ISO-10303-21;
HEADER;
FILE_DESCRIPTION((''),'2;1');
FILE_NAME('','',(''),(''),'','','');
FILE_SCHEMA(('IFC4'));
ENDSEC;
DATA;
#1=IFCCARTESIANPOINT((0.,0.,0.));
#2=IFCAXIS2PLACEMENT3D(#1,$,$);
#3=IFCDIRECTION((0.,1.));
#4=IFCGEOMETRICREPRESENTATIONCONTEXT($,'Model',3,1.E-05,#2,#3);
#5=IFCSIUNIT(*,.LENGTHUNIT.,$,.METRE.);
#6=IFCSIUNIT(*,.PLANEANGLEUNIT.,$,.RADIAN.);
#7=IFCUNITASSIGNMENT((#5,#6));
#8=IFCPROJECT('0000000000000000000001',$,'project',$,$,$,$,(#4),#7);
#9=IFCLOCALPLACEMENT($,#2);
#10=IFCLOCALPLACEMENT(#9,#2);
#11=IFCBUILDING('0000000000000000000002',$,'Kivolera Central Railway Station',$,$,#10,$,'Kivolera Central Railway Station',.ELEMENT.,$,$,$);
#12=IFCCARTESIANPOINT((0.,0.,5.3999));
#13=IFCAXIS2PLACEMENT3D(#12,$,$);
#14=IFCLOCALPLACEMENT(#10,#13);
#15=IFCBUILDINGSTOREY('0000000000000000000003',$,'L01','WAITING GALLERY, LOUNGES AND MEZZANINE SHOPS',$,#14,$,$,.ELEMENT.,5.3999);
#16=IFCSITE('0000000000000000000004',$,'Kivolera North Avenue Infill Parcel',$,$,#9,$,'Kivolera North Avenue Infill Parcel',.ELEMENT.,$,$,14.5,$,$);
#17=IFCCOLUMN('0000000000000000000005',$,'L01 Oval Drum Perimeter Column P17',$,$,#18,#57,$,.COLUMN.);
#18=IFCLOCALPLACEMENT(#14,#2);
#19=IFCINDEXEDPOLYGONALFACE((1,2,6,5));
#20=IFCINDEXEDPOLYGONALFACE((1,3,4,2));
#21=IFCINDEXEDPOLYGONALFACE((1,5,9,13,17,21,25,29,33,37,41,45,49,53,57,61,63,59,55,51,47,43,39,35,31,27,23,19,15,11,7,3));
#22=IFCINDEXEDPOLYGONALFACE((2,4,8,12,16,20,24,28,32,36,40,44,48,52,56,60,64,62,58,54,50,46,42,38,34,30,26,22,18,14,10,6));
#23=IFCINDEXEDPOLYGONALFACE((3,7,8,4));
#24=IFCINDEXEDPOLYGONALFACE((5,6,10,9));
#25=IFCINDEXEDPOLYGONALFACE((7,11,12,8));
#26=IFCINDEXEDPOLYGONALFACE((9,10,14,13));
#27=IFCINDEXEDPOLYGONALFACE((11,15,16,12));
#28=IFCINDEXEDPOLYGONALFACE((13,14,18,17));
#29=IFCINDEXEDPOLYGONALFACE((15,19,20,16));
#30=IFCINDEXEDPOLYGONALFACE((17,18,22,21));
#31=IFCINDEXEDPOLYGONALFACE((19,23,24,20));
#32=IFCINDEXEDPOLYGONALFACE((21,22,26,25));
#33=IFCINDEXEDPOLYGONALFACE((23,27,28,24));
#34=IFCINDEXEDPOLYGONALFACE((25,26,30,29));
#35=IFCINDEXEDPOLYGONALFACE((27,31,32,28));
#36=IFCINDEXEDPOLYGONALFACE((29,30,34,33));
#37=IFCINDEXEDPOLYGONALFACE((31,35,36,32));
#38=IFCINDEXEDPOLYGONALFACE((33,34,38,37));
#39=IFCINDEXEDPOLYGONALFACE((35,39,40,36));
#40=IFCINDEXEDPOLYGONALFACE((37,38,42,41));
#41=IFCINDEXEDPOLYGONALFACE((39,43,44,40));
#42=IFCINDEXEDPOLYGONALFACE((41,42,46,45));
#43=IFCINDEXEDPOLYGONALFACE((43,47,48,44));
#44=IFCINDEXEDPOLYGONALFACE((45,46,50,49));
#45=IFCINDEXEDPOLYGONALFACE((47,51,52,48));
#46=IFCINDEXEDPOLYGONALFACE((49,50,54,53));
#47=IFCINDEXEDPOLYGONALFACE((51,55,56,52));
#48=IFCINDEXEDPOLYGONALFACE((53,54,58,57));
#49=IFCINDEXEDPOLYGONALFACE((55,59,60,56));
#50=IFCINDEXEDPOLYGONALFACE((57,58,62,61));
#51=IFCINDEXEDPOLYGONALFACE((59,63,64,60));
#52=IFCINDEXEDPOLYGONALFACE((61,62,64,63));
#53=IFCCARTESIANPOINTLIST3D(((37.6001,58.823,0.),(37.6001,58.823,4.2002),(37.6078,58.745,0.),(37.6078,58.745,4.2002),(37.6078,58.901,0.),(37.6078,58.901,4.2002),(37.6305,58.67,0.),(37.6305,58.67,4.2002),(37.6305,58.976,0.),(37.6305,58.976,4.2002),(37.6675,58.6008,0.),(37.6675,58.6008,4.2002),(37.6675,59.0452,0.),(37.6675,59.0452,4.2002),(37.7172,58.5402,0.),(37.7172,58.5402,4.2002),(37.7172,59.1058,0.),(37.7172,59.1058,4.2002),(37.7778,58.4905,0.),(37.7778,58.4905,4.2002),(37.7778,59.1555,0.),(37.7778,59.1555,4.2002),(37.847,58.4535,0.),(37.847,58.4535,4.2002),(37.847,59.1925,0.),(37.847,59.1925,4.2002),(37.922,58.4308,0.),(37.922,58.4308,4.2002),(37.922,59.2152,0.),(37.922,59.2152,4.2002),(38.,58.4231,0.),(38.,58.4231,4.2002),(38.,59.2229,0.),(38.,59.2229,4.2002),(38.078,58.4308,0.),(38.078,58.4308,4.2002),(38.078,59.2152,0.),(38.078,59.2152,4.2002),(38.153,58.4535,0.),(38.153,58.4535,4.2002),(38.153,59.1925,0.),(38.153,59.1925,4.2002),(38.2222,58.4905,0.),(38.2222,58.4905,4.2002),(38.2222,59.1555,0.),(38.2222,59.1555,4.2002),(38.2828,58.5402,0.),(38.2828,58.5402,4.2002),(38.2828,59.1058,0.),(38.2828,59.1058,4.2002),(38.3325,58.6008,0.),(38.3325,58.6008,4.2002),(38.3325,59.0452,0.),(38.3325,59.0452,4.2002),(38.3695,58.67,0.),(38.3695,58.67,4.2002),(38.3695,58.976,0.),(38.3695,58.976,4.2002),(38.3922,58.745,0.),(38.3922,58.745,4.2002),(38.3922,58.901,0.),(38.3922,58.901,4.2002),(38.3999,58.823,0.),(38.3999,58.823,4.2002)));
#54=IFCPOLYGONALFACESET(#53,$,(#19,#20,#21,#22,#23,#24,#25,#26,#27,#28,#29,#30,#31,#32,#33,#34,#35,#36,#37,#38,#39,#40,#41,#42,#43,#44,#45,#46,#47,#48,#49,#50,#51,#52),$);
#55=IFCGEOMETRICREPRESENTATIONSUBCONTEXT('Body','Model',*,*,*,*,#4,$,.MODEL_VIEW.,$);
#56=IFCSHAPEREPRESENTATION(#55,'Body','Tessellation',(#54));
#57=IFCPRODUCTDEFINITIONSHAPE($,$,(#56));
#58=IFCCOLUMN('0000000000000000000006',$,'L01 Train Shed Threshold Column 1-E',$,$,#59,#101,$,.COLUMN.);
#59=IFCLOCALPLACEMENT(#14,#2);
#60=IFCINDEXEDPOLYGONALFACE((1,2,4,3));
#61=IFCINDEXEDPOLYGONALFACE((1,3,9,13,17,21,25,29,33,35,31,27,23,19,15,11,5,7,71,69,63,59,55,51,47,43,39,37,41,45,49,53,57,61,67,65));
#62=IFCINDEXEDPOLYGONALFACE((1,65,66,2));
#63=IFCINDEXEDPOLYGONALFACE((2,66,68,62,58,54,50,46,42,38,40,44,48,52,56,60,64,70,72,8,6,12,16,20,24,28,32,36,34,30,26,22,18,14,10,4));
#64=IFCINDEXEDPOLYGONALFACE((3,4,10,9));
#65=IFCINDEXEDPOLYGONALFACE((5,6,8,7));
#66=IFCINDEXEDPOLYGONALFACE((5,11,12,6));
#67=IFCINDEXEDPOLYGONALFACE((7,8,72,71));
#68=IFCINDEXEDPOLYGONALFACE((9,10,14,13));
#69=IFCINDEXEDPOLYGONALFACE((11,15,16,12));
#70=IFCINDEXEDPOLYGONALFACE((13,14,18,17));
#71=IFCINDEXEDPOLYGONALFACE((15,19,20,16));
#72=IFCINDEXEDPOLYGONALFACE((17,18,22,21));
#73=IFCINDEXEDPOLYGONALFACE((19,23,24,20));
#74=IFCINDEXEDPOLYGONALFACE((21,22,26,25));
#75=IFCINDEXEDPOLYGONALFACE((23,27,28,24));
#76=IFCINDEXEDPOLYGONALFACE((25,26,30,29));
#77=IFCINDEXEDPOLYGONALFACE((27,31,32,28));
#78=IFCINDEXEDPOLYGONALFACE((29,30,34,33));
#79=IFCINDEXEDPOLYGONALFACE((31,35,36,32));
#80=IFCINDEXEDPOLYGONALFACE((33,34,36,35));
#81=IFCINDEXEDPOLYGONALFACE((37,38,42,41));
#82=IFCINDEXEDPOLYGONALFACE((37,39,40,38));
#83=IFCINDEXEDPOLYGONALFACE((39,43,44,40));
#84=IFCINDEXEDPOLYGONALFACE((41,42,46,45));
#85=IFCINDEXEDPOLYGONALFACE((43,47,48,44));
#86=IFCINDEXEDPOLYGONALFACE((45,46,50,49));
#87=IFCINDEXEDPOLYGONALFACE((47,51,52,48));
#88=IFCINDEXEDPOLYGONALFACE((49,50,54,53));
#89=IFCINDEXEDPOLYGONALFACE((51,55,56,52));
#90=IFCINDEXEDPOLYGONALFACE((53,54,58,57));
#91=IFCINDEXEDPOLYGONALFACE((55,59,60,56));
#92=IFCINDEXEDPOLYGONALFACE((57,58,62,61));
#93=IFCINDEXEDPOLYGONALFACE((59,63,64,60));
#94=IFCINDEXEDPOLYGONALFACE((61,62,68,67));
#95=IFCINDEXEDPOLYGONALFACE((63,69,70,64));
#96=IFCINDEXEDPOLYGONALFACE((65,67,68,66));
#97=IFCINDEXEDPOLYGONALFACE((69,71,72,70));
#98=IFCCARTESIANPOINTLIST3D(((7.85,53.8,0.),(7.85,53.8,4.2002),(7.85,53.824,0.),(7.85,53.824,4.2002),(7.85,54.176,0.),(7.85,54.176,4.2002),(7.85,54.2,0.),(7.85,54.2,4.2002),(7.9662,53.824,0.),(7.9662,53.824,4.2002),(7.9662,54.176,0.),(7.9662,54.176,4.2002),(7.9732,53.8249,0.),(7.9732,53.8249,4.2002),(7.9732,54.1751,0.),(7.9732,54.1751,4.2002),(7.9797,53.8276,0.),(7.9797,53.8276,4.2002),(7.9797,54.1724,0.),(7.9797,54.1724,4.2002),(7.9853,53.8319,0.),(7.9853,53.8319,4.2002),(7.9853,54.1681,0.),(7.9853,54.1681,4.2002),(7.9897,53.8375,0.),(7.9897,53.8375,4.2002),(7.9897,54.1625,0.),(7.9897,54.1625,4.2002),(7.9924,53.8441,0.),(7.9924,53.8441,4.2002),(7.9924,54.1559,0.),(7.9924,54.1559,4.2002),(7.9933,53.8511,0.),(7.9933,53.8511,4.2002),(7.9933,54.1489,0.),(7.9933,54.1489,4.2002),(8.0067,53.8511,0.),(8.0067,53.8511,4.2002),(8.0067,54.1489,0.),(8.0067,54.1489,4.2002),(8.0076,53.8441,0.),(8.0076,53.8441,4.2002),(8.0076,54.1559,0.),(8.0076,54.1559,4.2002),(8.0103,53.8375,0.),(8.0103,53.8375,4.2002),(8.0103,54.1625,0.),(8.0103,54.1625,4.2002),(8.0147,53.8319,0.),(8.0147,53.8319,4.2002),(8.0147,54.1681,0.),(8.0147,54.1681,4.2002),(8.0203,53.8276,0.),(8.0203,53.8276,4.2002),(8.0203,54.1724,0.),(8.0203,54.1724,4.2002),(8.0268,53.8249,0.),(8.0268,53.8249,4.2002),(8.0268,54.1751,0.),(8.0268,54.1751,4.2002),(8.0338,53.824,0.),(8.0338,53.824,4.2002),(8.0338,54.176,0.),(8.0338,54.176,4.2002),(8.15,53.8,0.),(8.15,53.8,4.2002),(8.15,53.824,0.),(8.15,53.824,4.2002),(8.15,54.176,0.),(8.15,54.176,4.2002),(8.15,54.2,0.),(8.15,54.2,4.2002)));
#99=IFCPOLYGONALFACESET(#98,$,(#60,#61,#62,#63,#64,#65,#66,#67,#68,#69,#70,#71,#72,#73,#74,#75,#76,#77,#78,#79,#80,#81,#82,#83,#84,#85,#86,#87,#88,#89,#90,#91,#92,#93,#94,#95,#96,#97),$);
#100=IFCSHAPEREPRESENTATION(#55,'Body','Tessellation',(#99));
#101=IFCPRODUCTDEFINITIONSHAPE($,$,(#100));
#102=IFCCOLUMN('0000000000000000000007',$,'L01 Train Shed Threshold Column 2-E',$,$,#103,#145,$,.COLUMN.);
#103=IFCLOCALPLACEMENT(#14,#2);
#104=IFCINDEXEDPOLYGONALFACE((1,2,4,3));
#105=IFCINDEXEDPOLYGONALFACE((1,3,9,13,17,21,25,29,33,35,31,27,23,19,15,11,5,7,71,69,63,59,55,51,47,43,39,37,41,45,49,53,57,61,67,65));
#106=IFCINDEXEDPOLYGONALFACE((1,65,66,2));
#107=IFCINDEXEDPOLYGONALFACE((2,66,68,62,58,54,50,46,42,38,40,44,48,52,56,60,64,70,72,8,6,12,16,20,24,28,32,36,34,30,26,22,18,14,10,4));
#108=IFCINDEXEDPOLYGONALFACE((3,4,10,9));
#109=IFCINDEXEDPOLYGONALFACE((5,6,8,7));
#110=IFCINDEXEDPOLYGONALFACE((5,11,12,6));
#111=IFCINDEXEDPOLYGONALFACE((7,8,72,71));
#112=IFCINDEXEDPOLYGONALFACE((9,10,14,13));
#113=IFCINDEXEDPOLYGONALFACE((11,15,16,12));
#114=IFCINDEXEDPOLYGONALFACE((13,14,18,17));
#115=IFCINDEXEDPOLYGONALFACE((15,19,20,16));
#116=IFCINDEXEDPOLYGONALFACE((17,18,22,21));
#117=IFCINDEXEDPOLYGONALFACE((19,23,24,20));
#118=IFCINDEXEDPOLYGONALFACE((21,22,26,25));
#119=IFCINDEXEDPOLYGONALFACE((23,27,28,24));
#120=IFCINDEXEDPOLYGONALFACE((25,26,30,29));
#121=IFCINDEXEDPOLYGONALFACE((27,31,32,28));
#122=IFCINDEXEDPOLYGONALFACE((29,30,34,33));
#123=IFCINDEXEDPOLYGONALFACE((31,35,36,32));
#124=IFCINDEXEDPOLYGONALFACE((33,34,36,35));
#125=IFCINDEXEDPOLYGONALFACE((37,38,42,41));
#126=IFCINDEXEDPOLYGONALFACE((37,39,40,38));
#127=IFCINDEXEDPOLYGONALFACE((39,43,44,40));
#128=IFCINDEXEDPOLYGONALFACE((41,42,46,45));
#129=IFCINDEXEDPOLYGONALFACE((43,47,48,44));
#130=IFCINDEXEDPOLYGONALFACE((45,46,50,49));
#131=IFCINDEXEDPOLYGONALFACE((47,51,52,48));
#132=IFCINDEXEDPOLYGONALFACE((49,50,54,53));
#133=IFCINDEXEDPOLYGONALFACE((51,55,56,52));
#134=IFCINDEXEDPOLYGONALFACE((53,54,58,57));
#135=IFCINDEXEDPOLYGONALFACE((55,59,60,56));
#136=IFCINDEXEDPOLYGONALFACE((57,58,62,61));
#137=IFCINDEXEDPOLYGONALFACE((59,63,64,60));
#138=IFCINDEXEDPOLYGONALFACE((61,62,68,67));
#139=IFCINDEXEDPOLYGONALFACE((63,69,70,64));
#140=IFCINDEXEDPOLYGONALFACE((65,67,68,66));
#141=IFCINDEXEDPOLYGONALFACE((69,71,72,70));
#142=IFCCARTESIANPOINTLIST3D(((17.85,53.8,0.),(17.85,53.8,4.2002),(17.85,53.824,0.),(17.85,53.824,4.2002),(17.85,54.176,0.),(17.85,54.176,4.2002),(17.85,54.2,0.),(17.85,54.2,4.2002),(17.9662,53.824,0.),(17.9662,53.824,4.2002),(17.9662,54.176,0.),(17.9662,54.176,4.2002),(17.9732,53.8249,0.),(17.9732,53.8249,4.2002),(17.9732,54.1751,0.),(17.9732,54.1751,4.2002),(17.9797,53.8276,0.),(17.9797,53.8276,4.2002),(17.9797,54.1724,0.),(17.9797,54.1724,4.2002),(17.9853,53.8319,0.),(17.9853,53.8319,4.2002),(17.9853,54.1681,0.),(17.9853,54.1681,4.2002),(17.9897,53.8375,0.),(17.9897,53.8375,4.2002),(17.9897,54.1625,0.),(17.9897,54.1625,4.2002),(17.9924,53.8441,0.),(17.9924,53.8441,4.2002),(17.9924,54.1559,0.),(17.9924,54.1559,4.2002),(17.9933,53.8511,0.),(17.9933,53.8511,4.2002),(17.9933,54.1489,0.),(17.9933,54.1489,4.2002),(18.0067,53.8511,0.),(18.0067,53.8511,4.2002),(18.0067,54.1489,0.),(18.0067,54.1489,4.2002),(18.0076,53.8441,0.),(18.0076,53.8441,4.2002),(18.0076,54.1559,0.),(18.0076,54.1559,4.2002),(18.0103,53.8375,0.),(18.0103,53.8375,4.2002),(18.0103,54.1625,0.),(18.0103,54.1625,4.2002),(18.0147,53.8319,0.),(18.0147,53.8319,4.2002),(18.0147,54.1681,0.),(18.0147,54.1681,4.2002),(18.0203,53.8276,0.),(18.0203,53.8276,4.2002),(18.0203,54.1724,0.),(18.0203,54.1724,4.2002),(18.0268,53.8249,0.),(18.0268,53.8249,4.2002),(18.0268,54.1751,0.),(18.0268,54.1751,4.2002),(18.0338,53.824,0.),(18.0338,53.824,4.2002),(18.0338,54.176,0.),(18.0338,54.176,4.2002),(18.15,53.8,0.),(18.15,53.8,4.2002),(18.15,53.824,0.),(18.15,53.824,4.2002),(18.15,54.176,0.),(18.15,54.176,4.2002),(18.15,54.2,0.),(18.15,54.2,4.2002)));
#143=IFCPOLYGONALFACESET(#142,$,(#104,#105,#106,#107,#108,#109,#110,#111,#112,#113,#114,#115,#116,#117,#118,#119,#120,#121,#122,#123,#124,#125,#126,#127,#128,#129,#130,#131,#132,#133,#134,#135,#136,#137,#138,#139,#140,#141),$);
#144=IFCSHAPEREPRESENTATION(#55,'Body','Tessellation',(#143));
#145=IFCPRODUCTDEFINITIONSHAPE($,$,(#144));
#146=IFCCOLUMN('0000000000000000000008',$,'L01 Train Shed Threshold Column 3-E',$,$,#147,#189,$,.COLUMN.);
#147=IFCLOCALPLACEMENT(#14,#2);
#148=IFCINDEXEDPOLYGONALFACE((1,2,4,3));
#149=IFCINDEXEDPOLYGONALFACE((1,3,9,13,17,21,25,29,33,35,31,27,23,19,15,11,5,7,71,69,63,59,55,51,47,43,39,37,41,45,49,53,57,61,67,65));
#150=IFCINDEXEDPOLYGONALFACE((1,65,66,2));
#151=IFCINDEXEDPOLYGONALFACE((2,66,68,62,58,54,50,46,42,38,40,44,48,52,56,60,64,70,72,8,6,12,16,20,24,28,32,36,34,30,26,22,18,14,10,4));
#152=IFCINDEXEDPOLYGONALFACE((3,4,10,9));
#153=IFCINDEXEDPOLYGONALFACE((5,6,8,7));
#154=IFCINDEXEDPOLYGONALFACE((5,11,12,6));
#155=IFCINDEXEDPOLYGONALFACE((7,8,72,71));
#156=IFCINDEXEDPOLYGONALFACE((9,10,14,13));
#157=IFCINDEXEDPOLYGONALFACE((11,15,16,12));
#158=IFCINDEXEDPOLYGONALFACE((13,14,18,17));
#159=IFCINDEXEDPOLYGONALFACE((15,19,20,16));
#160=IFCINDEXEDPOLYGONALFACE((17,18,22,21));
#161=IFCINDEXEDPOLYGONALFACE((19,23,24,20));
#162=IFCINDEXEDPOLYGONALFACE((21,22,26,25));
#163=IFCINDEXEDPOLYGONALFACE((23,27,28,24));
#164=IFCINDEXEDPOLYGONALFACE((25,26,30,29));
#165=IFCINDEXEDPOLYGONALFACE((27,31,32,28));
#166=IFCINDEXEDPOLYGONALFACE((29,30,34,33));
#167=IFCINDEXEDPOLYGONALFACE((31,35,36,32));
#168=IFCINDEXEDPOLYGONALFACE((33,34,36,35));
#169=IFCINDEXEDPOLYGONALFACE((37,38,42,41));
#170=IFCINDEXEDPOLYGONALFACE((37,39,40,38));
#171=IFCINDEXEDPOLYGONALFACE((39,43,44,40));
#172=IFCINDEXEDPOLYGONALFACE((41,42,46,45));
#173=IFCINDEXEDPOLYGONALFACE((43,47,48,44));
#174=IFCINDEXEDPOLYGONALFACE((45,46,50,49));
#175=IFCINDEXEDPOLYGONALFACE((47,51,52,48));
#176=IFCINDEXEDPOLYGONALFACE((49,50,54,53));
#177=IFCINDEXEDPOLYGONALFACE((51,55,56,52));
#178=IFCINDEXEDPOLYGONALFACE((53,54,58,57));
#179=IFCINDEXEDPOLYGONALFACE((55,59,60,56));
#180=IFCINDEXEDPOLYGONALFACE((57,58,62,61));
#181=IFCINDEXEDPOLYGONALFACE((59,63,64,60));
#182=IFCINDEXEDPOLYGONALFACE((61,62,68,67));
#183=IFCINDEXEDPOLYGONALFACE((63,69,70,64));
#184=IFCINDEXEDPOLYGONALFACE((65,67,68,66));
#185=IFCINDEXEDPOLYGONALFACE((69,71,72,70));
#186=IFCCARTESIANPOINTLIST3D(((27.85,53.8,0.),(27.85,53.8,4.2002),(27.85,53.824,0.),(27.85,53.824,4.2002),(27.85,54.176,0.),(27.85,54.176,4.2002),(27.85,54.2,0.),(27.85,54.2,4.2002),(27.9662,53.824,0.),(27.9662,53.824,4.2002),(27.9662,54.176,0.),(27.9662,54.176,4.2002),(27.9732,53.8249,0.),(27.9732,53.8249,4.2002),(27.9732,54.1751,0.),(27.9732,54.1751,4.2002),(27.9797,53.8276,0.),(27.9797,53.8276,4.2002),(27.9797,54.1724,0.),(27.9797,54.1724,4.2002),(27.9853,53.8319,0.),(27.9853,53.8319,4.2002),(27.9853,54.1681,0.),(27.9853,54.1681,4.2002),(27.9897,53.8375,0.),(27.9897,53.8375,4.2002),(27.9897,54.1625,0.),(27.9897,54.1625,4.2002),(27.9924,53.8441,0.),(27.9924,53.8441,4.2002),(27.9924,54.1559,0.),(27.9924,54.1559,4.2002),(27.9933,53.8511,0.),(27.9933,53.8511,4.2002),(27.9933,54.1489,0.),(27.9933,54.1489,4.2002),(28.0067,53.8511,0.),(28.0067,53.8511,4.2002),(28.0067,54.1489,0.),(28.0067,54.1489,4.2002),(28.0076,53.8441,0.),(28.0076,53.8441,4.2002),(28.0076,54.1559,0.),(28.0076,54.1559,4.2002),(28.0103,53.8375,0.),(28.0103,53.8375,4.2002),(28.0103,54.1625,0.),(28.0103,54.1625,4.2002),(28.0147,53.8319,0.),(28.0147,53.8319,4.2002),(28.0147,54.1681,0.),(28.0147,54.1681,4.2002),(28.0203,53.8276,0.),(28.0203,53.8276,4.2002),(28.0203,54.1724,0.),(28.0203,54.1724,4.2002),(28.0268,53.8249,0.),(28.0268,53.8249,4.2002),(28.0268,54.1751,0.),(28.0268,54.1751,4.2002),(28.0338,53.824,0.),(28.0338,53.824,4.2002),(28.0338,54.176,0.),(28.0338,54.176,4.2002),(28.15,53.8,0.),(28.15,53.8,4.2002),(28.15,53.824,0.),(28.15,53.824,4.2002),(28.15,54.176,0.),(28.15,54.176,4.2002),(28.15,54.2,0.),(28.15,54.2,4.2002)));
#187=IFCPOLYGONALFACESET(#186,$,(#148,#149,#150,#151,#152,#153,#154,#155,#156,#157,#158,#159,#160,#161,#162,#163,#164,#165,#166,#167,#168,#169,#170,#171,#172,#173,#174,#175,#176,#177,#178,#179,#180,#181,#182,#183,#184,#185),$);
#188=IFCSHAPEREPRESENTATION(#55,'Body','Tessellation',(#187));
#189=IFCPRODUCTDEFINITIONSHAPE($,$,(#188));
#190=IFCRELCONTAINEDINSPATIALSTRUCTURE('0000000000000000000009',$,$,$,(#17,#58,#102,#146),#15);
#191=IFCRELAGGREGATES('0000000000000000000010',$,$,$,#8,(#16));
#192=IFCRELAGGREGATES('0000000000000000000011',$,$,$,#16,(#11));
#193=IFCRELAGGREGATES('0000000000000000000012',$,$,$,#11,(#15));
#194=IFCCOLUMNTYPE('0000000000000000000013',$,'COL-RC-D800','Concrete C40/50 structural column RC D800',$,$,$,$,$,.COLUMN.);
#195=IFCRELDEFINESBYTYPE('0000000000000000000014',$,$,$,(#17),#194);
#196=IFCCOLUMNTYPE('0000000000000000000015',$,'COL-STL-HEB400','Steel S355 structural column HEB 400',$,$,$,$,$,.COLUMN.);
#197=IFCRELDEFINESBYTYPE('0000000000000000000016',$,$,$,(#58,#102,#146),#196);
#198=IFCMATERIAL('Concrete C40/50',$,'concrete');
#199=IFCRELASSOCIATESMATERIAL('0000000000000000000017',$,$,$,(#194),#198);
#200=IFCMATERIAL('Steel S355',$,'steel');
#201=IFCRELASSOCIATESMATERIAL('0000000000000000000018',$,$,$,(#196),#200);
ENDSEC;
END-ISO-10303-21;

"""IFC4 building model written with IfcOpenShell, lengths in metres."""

from ifc_helpers import new_model, si_unit, direction, frame, origin, origin_2d, place, context, subcontext, project, spatial, circle, i_section, extrude, material, material_profile, profile_set, type_object, element, save


model = new_model("IFC4")

# Units and contexts
model_context = context("Model", 3, precision=1e-05, world=origin(), true_north=direction((0.0, 1.0)))
body_context = subcontext(model_context, "Body", "Model", "MODEL_VIEW")
ifc_project = project(units=[si_unit("LENGTHUNIT", "METRE"), si_unit("PLANEANGLEUNIT", "RADIAN")], contexts=[model_context])

# Site, building, storey
site_placement = place(None, origin())
site = spatial("IfcSite", under=ifc_project, at=site_placement, Name="Kivolera North Avenue Infill Parcel", LongName="Kivolera North Avenue Infill Parcel", CompositionType="ELEMENT", RefElevation=14.5)
building_placement = place(site_placement, origin())
building = spatial("IfcBuilding", under=site, at=building_placement, Name="Kivolera Central Railway Station", LongName="Kivolera Central Railway Station", CompositionType="ELEMENT")
storey_placement = place(building_placement, frame((0.0, 0.0, 5.3999)))
storey = spatial("IfcBuildingStorey", under=building, at=storey_placement, Name="L01", Description="WAITING GALLERY, LOUNGES AND MEZZANINE SHOPS", CompositionType="ELEMENT", Elevation=5.3999)

# Columns
ifc_material_1 = material(Name="Concrete C40/50", Category="concrete")
ifc_material_profile_1 = material_profile(ifc_material_1, circle(Radius=0.3999, at=origin_2d()), Name="RC D800")
ifc_profile_set_1 = profile_set([ifc_material_profile_1], Name="Concrete C40/50")
column_type_1 = type_object("IfcColumnType", Name="COL-RC-D800", Description="Concrete C40/50 structural column RC D800", PredefinedType="COLUMN", material=ifc_profile_set_1)
column_placement = place(storey_placement, frame((38.0, 58.823, 0.0), z_axis=(0.0, 0.0, 1.0), x_axis=(1.0, 0.0, 0.0)))
element("IfcColumn", 1, at=column_placement, inside=storey, type_object=column_type_1, Name="L01 Oval Drum Perimeter Column P17", PredefinedType="COLUMN", context=body_context, shape_type="SweptSolid", body=[
    extrude(circle(Radius=0.3999, at=origin_2d()), origin(), (0.0, 0.0, 1.0), 4.2002),
])
ifc_material_2 = material(Name="Steel S355", Category="steel")
ifc_material_profile_2 = material_profile(ifc_material_2, i_section(OverallWidth=0.3, OverallDepth=0.3999, WebThickness=0.0134, FlangeThickness=0.0239, FilletRadius=0.0271, at=origin_2d()), Name="HEB 400")
ifc_profile_set_2 = profile_set([ifc_material_profile_2], Name="Steel S355")
column_type_2 = type_object("IfcColumnType", Name="COL-STL-HEB400", Description="Steel S355 structural column HEB 400", PredefinedType="COLUMN", material=ifc_profile_set_2)
for number, where, z_axis, x_axis, name in (
    (2, (8.0, 54.0, 0.0), (0.0, 0.0, 1.0), (1.0, 0.0, 0.0), "L01 Train Shed Threshold Column 1-E"),
    (3, (18.0, 54.0, 0.0), (0.0, 0.0, 1.0), (1.0, 0.0, 0.0), "L01 Train Shed Threshold Column 2-E"),
    (4, (28.0, 54.0, 0.0), (0.0, 0.0, 1.0), (1.0, 0.0, 0.0), "L01 Train Shed Threshold Column 3-E"),
):
    element("IfcColumn", number, at=place(storey_placement, frame(where, z_axis=z_axis, x_axis=x_axis)), inside=storey, type_object=column_type_2, Name=name, PredefinedType="COLUMN", context=body_context, shape_type="SweptSolid", body=[
        extrude(i_section(OverallWidth=0.3, OverallDepth=0.3999, WebThickness=0.0134, FlangeThickness=0.0239, FilletRadius=0.0271, at=origin_2d()), origin(), (0.0, 0.0, 1.0), 4.2002),
    ])

save(model, "model.ifc")
